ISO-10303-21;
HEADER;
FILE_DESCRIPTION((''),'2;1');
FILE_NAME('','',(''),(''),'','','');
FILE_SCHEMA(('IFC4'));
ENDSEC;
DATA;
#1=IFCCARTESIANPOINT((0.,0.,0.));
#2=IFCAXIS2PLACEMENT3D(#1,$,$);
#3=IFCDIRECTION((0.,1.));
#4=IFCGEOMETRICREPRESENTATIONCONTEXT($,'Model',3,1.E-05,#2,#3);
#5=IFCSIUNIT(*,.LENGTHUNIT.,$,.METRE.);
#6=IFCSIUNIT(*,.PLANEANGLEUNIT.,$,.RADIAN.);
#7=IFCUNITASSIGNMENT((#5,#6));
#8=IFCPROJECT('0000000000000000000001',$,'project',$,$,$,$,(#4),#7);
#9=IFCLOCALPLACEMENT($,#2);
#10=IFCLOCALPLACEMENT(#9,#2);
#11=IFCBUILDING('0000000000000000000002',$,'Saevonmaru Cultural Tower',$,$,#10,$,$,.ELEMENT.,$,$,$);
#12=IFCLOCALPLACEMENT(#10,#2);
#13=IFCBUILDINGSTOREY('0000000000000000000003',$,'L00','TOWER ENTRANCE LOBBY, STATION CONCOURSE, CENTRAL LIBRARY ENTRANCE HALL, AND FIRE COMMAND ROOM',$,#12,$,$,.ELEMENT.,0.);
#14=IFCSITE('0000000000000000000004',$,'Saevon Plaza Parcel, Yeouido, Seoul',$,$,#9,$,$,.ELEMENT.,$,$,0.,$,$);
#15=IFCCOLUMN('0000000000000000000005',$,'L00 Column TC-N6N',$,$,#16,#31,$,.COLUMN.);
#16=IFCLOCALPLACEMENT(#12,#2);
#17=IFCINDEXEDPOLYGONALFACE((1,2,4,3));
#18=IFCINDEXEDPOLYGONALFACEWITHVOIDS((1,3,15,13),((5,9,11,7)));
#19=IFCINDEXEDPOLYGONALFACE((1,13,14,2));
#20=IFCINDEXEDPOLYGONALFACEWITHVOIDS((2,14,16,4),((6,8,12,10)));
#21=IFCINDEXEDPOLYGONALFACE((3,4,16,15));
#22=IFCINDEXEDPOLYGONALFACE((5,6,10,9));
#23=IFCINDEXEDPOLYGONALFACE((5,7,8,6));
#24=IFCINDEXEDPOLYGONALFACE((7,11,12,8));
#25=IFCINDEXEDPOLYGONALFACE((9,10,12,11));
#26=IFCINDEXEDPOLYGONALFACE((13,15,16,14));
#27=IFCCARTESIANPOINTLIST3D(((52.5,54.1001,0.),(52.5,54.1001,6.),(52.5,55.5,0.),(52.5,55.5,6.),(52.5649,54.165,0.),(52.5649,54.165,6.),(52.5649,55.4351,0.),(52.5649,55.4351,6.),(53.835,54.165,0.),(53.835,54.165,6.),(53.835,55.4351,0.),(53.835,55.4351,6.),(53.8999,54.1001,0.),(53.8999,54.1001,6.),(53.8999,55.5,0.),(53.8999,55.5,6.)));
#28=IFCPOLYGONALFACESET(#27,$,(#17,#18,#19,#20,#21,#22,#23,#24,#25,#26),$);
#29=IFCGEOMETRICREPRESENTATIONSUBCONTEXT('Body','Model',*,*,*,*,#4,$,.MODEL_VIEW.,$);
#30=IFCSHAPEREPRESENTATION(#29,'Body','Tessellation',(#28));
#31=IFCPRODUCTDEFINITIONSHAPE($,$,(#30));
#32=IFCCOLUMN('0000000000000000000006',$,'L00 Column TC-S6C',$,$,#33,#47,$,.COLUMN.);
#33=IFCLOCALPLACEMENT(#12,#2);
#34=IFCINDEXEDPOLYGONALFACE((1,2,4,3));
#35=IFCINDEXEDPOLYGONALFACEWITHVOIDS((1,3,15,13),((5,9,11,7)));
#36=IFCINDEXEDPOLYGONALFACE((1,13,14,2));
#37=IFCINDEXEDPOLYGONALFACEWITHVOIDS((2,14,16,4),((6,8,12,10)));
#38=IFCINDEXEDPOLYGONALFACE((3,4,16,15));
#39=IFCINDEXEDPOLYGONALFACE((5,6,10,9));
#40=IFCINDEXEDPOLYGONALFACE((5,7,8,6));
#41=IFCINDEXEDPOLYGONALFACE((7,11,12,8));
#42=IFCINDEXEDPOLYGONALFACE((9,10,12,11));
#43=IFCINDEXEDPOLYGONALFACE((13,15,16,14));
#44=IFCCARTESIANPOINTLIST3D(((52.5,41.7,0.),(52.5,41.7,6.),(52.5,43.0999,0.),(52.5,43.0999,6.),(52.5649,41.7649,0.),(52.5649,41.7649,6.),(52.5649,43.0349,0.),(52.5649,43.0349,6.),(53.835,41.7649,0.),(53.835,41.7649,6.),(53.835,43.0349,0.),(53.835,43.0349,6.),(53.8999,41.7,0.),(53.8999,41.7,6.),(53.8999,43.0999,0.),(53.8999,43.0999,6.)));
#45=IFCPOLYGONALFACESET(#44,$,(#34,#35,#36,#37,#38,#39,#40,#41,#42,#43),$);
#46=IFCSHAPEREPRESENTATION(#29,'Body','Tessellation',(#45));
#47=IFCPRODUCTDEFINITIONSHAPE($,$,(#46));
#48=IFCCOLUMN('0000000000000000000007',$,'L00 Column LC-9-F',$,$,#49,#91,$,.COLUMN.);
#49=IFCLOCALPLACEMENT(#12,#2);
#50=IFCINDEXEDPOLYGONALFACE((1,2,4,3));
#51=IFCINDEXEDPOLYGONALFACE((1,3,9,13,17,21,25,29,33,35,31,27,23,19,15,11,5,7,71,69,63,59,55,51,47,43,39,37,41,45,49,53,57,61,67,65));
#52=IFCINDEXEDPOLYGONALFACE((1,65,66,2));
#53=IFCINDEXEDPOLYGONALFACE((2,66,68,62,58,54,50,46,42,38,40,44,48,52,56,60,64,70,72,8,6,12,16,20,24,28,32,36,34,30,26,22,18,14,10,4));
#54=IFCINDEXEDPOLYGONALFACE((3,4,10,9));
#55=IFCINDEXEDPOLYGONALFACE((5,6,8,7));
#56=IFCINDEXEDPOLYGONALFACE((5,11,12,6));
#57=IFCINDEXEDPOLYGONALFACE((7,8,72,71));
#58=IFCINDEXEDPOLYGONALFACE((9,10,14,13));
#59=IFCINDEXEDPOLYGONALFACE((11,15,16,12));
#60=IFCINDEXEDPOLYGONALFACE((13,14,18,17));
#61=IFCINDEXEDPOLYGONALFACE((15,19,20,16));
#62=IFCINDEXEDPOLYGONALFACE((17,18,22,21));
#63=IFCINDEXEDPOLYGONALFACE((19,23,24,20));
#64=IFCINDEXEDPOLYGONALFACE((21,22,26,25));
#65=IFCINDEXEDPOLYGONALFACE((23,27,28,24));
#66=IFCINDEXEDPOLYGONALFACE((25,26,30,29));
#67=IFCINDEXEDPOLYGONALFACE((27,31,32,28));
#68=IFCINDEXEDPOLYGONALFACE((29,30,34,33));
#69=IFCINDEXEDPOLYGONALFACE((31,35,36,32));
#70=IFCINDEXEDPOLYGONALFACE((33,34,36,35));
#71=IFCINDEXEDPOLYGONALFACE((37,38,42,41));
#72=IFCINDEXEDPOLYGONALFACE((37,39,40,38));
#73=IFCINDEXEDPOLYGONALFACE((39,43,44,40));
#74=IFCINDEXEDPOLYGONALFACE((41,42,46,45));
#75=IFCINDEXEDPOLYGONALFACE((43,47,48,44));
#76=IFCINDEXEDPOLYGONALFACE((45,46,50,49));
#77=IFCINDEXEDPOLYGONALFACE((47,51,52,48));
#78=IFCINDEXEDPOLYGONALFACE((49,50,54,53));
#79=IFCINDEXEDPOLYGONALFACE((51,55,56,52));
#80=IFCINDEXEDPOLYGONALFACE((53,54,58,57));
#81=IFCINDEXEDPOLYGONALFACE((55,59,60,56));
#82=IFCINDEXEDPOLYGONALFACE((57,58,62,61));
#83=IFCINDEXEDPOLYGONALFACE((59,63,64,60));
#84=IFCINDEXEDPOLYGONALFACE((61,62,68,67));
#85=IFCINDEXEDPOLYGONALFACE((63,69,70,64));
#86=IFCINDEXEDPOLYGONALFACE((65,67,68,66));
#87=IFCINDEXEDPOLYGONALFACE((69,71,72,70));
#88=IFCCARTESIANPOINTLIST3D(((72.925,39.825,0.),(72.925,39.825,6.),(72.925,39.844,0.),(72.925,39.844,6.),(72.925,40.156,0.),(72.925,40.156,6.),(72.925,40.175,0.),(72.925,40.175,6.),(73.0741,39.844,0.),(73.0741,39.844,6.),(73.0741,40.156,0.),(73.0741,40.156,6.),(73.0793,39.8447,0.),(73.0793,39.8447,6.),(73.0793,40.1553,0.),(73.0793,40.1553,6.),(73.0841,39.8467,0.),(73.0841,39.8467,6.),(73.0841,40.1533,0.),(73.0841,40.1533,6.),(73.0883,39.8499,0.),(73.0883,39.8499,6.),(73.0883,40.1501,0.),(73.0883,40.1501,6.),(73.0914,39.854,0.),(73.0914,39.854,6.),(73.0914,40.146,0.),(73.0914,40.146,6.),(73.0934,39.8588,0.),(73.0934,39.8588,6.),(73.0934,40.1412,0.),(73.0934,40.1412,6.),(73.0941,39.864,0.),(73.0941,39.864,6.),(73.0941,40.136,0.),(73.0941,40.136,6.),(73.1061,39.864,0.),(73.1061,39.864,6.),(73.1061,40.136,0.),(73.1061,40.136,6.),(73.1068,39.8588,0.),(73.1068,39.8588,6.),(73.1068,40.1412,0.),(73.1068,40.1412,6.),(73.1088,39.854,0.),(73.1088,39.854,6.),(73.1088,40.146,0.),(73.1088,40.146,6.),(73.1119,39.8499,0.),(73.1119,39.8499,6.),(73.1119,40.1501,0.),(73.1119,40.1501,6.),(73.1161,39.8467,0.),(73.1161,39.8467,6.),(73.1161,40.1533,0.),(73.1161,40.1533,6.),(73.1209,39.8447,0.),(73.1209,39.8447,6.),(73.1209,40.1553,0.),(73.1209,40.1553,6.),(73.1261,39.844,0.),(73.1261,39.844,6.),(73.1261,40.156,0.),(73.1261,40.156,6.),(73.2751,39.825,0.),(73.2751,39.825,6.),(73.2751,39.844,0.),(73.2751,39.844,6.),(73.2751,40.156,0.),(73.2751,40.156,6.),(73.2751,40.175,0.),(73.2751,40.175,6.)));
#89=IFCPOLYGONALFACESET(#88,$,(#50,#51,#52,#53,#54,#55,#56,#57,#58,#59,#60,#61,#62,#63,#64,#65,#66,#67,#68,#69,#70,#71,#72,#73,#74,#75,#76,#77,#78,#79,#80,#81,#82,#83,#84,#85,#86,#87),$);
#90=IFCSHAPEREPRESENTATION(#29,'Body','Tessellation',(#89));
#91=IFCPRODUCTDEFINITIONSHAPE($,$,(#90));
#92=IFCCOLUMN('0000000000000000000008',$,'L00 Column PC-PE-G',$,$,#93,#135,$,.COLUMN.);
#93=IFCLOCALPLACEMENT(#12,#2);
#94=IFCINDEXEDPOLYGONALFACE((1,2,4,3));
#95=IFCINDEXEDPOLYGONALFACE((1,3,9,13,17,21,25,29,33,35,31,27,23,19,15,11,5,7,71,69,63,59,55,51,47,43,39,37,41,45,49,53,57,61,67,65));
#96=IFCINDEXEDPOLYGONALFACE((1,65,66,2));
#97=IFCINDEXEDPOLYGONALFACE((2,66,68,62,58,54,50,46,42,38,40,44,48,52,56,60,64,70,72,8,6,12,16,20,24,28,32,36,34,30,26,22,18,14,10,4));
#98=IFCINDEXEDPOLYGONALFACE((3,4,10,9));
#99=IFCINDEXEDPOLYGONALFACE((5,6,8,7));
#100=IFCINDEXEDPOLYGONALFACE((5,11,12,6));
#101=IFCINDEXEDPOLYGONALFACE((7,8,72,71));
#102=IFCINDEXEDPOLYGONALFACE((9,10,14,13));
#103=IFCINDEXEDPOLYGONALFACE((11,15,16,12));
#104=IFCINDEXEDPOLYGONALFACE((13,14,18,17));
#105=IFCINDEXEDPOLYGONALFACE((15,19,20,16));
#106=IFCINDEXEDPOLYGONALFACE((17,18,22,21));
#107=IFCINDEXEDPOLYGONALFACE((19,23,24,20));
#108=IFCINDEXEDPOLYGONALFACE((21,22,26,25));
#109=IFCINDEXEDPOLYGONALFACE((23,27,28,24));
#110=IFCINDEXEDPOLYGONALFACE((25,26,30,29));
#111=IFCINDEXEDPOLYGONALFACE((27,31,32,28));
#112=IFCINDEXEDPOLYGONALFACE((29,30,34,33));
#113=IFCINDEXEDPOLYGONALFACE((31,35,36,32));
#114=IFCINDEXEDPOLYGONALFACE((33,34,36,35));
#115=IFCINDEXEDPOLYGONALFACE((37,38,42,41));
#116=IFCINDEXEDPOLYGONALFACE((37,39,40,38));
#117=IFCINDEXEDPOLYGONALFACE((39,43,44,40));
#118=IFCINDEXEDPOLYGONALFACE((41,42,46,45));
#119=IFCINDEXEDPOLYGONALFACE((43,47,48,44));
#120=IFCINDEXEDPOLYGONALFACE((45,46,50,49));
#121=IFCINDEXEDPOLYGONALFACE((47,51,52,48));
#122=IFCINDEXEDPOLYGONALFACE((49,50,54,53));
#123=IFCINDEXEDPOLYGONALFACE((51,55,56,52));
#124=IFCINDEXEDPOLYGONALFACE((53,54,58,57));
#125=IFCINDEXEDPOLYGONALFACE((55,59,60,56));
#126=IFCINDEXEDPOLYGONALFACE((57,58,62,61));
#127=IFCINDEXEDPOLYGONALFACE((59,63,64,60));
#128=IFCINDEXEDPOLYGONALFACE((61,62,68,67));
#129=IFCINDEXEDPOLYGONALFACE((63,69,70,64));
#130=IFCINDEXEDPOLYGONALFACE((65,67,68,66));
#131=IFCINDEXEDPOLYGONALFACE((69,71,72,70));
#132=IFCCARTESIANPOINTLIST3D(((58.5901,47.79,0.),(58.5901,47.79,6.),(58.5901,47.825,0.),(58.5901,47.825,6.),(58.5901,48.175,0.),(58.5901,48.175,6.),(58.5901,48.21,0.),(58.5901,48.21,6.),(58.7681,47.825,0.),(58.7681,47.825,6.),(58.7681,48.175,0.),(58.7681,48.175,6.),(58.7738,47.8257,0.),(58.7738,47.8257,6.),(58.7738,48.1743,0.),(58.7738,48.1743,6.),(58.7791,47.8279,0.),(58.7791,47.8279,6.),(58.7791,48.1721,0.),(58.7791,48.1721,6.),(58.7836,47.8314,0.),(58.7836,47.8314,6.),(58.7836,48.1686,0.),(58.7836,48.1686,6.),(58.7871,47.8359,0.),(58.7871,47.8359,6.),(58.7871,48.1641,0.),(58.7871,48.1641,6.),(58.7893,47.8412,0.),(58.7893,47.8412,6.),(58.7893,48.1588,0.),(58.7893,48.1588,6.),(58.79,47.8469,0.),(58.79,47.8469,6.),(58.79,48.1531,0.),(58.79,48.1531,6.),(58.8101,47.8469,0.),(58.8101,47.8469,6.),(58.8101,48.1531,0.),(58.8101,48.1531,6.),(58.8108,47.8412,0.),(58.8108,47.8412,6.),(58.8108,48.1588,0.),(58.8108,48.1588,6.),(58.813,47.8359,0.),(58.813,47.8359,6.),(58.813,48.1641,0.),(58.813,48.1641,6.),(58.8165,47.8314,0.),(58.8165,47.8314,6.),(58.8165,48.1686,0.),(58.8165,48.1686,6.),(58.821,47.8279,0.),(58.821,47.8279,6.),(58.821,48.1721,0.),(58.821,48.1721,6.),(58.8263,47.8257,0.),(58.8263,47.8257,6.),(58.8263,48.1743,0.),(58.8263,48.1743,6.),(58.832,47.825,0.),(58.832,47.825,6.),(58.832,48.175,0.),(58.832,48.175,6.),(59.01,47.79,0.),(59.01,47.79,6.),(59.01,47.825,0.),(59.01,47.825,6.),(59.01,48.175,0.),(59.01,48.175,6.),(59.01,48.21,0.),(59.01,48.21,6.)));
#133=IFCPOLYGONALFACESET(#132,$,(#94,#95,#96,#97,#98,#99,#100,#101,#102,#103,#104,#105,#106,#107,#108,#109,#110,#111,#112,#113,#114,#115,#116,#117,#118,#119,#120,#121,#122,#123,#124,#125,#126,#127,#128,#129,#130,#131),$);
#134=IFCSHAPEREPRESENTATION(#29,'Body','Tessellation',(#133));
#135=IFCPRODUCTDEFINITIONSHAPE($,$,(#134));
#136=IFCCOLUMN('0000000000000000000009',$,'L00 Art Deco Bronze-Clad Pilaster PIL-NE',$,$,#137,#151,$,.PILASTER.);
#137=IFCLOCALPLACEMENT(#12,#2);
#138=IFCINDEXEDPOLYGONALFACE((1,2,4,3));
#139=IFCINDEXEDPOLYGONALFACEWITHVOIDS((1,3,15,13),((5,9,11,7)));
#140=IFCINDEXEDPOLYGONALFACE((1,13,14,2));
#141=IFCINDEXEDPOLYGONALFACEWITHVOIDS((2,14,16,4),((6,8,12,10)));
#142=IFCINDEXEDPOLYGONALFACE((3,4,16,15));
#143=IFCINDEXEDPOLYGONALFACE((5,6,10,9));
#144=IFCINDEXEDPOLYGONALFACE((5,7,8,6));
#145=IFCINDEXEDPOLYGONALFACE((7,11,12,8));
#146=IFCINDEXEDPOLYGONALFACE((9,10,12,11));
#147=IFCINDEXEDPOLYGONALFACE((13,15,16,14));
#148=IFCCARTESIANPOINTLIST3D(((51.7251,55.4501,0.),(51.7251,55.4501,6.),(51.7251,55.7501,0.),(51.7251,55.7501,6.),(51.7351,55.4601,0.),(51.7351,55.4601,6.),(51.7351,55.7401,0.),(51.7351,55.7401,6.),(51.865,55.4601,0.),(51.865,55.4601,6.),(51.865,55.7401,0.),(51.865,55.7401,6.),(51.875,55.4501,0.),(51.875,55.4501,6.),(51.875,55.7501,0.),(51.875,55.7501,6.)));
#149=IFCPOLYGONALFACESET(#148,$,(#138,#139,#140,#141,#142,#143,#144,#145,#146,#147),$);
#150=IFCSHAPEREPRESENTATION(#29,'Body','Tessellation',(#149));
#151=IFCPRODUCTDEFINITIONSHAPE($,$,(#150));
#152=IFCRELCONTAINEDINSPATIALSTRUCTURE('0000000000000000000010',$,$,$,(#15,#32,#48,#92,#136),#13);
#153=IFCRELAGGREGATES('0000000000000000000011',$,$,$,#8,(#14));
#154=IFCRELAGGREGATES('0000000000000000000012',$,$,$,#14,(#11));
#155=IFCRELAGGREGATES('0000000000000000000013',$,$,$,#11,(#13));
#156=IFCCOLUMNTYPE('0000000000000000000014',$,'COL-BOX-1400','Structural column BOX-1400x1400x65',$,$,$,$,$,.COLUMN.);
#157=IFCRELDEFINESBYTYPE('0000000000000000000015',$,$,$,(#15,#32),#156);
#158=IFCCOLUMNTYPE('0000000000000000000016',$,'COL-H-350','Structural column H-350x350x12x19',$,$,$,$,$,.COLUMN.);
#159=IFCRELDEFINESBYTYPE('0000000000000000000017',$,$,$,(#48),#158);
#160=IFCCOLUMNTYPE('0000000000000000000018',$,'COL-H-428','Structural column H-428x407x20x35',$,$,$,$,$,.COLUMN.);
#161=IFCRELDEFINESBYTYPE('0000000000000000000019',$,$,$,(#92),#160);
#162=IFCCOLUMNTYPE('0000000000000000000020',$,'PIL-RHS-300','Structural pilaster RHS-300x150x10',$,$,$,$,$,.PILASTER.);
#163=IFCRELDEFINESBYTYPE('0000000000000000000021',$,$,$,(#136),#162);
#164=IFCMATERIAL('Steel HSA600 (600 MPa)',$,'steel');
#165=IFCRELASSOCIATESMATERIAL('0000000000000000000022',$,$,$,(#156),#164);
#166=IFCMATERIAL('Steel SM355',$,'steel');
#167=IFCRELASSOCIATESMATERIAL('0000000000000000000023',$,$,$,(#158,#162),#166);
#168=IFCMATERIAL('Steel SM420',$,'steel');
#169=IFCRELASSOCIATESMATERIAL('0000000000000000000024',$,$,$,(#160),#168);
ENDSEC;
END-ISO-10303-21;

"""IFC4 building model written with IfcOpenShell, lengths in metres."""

from ifc_helpers import new_model, si_unit, direction, frame, origin, origin_2d, place, context, subcontext, project, spatial, hollow_rectangle, i_section, extrude, material, material_profile, profile_set, type_object, element, save


model = new_model("IFC4")

# Units and contexts
model_context = context("Model", 3, precision=1e-05, world=origin(), true_north=direction((0.0, 1.0)))
body_context = subcontext(model_context, "Body", "Model", "MODEL_VIEW")
ifc_project = project(units=[si_unit("LENGTHUNIT", "METRE"), si_unit("PLANEANGLEUNIT", "RADIAN")], contexts=[model_context])

# Site, building, storey
site_placement = place(None, origin())
site = spatial("IfcSite", under=ifc_project, at=site_placement, Name="Saevon Plaza Parcel, Yeouido, Seoul", CompositionType="ELEMENT", RefElevation=0.0)
building_placement = place(site_placement, origin())
building = spatial("IfcBuilding", under=site, at=building_placement, Name="Saevonmaru Cultural Tower", CompositionType="ELEMENT")
storey_placement = place(building_placement, origin())
storey = spatial("IfcBuildingStorey", under=building, at=storey_placement, Name="L00", Description="TOWER ENTRANCE LOBBY, STATION CONCOURSE, CENTRAL LIBRARY ENTRANCE HALL, AND FIRE COMMAND ROOM", CompositionType="ELEMENT", Elevation=0.0)

# Columns
ifc_material_1 = material(Name="Steel HSA600 (600 MPa)", Category="steel")
ifc_material_profile_1 = material_profile(ifc_material_1, hollow_rectangle(XDim=1.3999, YDim=1.3999, WallThickness=0.0649, at=origin_2d()), Name="BOX-1400x1400x65")
ifc_profile_set_1 = profile_set([ifc_material_profile_1], Name="Steel HSA600 (600 MPa)")
column_type_1 = type_object("IfcColumnType", Name="COL-BOX-1400", Description="Structural column BOX-1400x1400x65", PredefinedType="COLUMN", material=ifc_profile_set_1)
for number, where, z_axis, x_axis, name in (
    (1, (53.2, 54.8, 0.0), (0.0, 0.0, 1.0), (1.0, 0.0, 0.0), "L00 Column TC-N6N"),
    (2, (53.2, 42.3999, 0.0), (0.0, 0.0, 1.0), (1.0, 0.0, 0.0), "L00 Column TC-S6C"),
):
    element("IfcColumn", number, at=place(storey_placement, frame(where, z_axis=z_axis, x_axis=x_axis)), inside=storey, type_object=column_type_1, Name=name, PredefinedType="COLUMN", context=body_context, shape_type="SweptSolid", body=[
        extrude(hollow_rectangle(XDim=1.3999, YDim=1.3999, WallThickness=0.0649, at=origin_2d()), origin(), (0.0, 0.0, 1.0), 6.0),
    ])
ifc_material_2 = material(Name="Steel SM355", Category="steel")
ifc_material_profile_2 = material_profile(ifc_material_2, i_section(OverallWidth=0.3501, OverallDepth=0.3501, WebThickness=0.012, FlangeThickness=0.019, FilletRadius=0.02, at=origin_2d()), Name="H-350x350x12x19")
ifc_profile_set_2 = profile_set([ifc_material_profile_2], Name="Steel SM355")
column_type_2 = type_object("IfcColumnType", Name="COL-H-350", Description="Structural column H-350x350x12x19", PredefinedType="COLUMN", material=ifc_profile_set_2)
column_1_placement = place(storey_placement, frame((73.1001, 40.0, 0.0), z_axis=(0.0, 0.0, 1.0), x_axis=(1.0, 0.0, 0.0)))
element("IfcColumn", 3, at=column_1_placement, inside=storey, type_object=column_type_2, Name="L00 Column LC-9-F", PredefinedType="COLUMN", context=body_context, shape_type="SweptSolid", body=[
    extrude(i_section(OverallWidth=0.3501, OverallDepth=0.3501, WebThickness=0.012, FlangeThickness=0.019, FilletRadius=0.02, at=origin_2d()), origin(), (0.0, 0.0, 1.0), 6.0),
])
ifc_material_3 = material(Name="Steel SM420", Category="steel")
ifc_material_profile_3 = material_profile(ifc_material_3, i_section(OverallWidth=0.4199, OverallDepth=0.4199, WebThickness=0.02, FlangeThickness=0.0349, FilletRadius=0.022, at=origin_2d()), Name="H-428x407x20x35")
ifc_profile_set_3 = profile_set([ifc_material_profile_3], Name="Steel SM420")
column_type_3 = type_object("IfcColumnType", Name="COL-H-428", Description="Structural column H-428x407x20x35", PredefinedType="COLUMN", material=ifc_profile_set_3)
column_2_placement = place(storey_placement, frame((58.8, 48.0, 0.0), z_axis=(0.0, 0.0, 1.0), x_axis=(1.0, 0.0, 0.0)))
element("IfcColumn", 4, at=column_2_placement, inside=storey, type_object=column_type_3, Name="L00 Column PC-PE-G", PredefinedType="COLUMN", context=body_context, shape_type="SweptSolid", body=[
    extrude(i_section(OverallWidth=0.4199, OverallDepth=0.4199, WebThickness=0.02, FlangeThickness=0.0349, FilletRadius=0.022, at=origin_2d()), origin(), (0.0, 0.0, 1.0), 6.0),
])
ifc_material_profile_4 = material_profile(ifc_material_2, hollow_rectangle(XDim=0.1499, YDim=0.3, WallThickness=0.01, at=origin_2d()), Name="RHS-300x150x10")
ifc_profile_set_4 = profile_set([ifc_material_profile_4], Name="Steel SM355")
column_type_4 = type_object("IfcColumnType", Name="PIL-RHS-300", Description="Structural pilaster RHS-300x150x10", PredefinedType="PILASTER", material=ifc_profile_set_4)
column_3_placement = place(storey_placement, frame((51.8, 55.6001, 0.0), z_axis=(0.0, 0.0, 1.0), x_axis=(1.0, 0.0, 0.0)))
element("IfcColumn", 5, at=column_3_placement, inside=storey, type_object=column_type_4, Name="L00 Art Deco Bronze-Clad Pilaster PIL-NE", PredefinedType="PILASTER", context=body_context, shape_type="SweptSolid", body=[
    extrude(hollow_rectangle(XDim=0.1499, YDim=0.3, WallThickness=0.01, at=origin_2d()), origin(), (0.0, 0.0, 1.0), 6.0),
])

save(model, "model.ifc")
